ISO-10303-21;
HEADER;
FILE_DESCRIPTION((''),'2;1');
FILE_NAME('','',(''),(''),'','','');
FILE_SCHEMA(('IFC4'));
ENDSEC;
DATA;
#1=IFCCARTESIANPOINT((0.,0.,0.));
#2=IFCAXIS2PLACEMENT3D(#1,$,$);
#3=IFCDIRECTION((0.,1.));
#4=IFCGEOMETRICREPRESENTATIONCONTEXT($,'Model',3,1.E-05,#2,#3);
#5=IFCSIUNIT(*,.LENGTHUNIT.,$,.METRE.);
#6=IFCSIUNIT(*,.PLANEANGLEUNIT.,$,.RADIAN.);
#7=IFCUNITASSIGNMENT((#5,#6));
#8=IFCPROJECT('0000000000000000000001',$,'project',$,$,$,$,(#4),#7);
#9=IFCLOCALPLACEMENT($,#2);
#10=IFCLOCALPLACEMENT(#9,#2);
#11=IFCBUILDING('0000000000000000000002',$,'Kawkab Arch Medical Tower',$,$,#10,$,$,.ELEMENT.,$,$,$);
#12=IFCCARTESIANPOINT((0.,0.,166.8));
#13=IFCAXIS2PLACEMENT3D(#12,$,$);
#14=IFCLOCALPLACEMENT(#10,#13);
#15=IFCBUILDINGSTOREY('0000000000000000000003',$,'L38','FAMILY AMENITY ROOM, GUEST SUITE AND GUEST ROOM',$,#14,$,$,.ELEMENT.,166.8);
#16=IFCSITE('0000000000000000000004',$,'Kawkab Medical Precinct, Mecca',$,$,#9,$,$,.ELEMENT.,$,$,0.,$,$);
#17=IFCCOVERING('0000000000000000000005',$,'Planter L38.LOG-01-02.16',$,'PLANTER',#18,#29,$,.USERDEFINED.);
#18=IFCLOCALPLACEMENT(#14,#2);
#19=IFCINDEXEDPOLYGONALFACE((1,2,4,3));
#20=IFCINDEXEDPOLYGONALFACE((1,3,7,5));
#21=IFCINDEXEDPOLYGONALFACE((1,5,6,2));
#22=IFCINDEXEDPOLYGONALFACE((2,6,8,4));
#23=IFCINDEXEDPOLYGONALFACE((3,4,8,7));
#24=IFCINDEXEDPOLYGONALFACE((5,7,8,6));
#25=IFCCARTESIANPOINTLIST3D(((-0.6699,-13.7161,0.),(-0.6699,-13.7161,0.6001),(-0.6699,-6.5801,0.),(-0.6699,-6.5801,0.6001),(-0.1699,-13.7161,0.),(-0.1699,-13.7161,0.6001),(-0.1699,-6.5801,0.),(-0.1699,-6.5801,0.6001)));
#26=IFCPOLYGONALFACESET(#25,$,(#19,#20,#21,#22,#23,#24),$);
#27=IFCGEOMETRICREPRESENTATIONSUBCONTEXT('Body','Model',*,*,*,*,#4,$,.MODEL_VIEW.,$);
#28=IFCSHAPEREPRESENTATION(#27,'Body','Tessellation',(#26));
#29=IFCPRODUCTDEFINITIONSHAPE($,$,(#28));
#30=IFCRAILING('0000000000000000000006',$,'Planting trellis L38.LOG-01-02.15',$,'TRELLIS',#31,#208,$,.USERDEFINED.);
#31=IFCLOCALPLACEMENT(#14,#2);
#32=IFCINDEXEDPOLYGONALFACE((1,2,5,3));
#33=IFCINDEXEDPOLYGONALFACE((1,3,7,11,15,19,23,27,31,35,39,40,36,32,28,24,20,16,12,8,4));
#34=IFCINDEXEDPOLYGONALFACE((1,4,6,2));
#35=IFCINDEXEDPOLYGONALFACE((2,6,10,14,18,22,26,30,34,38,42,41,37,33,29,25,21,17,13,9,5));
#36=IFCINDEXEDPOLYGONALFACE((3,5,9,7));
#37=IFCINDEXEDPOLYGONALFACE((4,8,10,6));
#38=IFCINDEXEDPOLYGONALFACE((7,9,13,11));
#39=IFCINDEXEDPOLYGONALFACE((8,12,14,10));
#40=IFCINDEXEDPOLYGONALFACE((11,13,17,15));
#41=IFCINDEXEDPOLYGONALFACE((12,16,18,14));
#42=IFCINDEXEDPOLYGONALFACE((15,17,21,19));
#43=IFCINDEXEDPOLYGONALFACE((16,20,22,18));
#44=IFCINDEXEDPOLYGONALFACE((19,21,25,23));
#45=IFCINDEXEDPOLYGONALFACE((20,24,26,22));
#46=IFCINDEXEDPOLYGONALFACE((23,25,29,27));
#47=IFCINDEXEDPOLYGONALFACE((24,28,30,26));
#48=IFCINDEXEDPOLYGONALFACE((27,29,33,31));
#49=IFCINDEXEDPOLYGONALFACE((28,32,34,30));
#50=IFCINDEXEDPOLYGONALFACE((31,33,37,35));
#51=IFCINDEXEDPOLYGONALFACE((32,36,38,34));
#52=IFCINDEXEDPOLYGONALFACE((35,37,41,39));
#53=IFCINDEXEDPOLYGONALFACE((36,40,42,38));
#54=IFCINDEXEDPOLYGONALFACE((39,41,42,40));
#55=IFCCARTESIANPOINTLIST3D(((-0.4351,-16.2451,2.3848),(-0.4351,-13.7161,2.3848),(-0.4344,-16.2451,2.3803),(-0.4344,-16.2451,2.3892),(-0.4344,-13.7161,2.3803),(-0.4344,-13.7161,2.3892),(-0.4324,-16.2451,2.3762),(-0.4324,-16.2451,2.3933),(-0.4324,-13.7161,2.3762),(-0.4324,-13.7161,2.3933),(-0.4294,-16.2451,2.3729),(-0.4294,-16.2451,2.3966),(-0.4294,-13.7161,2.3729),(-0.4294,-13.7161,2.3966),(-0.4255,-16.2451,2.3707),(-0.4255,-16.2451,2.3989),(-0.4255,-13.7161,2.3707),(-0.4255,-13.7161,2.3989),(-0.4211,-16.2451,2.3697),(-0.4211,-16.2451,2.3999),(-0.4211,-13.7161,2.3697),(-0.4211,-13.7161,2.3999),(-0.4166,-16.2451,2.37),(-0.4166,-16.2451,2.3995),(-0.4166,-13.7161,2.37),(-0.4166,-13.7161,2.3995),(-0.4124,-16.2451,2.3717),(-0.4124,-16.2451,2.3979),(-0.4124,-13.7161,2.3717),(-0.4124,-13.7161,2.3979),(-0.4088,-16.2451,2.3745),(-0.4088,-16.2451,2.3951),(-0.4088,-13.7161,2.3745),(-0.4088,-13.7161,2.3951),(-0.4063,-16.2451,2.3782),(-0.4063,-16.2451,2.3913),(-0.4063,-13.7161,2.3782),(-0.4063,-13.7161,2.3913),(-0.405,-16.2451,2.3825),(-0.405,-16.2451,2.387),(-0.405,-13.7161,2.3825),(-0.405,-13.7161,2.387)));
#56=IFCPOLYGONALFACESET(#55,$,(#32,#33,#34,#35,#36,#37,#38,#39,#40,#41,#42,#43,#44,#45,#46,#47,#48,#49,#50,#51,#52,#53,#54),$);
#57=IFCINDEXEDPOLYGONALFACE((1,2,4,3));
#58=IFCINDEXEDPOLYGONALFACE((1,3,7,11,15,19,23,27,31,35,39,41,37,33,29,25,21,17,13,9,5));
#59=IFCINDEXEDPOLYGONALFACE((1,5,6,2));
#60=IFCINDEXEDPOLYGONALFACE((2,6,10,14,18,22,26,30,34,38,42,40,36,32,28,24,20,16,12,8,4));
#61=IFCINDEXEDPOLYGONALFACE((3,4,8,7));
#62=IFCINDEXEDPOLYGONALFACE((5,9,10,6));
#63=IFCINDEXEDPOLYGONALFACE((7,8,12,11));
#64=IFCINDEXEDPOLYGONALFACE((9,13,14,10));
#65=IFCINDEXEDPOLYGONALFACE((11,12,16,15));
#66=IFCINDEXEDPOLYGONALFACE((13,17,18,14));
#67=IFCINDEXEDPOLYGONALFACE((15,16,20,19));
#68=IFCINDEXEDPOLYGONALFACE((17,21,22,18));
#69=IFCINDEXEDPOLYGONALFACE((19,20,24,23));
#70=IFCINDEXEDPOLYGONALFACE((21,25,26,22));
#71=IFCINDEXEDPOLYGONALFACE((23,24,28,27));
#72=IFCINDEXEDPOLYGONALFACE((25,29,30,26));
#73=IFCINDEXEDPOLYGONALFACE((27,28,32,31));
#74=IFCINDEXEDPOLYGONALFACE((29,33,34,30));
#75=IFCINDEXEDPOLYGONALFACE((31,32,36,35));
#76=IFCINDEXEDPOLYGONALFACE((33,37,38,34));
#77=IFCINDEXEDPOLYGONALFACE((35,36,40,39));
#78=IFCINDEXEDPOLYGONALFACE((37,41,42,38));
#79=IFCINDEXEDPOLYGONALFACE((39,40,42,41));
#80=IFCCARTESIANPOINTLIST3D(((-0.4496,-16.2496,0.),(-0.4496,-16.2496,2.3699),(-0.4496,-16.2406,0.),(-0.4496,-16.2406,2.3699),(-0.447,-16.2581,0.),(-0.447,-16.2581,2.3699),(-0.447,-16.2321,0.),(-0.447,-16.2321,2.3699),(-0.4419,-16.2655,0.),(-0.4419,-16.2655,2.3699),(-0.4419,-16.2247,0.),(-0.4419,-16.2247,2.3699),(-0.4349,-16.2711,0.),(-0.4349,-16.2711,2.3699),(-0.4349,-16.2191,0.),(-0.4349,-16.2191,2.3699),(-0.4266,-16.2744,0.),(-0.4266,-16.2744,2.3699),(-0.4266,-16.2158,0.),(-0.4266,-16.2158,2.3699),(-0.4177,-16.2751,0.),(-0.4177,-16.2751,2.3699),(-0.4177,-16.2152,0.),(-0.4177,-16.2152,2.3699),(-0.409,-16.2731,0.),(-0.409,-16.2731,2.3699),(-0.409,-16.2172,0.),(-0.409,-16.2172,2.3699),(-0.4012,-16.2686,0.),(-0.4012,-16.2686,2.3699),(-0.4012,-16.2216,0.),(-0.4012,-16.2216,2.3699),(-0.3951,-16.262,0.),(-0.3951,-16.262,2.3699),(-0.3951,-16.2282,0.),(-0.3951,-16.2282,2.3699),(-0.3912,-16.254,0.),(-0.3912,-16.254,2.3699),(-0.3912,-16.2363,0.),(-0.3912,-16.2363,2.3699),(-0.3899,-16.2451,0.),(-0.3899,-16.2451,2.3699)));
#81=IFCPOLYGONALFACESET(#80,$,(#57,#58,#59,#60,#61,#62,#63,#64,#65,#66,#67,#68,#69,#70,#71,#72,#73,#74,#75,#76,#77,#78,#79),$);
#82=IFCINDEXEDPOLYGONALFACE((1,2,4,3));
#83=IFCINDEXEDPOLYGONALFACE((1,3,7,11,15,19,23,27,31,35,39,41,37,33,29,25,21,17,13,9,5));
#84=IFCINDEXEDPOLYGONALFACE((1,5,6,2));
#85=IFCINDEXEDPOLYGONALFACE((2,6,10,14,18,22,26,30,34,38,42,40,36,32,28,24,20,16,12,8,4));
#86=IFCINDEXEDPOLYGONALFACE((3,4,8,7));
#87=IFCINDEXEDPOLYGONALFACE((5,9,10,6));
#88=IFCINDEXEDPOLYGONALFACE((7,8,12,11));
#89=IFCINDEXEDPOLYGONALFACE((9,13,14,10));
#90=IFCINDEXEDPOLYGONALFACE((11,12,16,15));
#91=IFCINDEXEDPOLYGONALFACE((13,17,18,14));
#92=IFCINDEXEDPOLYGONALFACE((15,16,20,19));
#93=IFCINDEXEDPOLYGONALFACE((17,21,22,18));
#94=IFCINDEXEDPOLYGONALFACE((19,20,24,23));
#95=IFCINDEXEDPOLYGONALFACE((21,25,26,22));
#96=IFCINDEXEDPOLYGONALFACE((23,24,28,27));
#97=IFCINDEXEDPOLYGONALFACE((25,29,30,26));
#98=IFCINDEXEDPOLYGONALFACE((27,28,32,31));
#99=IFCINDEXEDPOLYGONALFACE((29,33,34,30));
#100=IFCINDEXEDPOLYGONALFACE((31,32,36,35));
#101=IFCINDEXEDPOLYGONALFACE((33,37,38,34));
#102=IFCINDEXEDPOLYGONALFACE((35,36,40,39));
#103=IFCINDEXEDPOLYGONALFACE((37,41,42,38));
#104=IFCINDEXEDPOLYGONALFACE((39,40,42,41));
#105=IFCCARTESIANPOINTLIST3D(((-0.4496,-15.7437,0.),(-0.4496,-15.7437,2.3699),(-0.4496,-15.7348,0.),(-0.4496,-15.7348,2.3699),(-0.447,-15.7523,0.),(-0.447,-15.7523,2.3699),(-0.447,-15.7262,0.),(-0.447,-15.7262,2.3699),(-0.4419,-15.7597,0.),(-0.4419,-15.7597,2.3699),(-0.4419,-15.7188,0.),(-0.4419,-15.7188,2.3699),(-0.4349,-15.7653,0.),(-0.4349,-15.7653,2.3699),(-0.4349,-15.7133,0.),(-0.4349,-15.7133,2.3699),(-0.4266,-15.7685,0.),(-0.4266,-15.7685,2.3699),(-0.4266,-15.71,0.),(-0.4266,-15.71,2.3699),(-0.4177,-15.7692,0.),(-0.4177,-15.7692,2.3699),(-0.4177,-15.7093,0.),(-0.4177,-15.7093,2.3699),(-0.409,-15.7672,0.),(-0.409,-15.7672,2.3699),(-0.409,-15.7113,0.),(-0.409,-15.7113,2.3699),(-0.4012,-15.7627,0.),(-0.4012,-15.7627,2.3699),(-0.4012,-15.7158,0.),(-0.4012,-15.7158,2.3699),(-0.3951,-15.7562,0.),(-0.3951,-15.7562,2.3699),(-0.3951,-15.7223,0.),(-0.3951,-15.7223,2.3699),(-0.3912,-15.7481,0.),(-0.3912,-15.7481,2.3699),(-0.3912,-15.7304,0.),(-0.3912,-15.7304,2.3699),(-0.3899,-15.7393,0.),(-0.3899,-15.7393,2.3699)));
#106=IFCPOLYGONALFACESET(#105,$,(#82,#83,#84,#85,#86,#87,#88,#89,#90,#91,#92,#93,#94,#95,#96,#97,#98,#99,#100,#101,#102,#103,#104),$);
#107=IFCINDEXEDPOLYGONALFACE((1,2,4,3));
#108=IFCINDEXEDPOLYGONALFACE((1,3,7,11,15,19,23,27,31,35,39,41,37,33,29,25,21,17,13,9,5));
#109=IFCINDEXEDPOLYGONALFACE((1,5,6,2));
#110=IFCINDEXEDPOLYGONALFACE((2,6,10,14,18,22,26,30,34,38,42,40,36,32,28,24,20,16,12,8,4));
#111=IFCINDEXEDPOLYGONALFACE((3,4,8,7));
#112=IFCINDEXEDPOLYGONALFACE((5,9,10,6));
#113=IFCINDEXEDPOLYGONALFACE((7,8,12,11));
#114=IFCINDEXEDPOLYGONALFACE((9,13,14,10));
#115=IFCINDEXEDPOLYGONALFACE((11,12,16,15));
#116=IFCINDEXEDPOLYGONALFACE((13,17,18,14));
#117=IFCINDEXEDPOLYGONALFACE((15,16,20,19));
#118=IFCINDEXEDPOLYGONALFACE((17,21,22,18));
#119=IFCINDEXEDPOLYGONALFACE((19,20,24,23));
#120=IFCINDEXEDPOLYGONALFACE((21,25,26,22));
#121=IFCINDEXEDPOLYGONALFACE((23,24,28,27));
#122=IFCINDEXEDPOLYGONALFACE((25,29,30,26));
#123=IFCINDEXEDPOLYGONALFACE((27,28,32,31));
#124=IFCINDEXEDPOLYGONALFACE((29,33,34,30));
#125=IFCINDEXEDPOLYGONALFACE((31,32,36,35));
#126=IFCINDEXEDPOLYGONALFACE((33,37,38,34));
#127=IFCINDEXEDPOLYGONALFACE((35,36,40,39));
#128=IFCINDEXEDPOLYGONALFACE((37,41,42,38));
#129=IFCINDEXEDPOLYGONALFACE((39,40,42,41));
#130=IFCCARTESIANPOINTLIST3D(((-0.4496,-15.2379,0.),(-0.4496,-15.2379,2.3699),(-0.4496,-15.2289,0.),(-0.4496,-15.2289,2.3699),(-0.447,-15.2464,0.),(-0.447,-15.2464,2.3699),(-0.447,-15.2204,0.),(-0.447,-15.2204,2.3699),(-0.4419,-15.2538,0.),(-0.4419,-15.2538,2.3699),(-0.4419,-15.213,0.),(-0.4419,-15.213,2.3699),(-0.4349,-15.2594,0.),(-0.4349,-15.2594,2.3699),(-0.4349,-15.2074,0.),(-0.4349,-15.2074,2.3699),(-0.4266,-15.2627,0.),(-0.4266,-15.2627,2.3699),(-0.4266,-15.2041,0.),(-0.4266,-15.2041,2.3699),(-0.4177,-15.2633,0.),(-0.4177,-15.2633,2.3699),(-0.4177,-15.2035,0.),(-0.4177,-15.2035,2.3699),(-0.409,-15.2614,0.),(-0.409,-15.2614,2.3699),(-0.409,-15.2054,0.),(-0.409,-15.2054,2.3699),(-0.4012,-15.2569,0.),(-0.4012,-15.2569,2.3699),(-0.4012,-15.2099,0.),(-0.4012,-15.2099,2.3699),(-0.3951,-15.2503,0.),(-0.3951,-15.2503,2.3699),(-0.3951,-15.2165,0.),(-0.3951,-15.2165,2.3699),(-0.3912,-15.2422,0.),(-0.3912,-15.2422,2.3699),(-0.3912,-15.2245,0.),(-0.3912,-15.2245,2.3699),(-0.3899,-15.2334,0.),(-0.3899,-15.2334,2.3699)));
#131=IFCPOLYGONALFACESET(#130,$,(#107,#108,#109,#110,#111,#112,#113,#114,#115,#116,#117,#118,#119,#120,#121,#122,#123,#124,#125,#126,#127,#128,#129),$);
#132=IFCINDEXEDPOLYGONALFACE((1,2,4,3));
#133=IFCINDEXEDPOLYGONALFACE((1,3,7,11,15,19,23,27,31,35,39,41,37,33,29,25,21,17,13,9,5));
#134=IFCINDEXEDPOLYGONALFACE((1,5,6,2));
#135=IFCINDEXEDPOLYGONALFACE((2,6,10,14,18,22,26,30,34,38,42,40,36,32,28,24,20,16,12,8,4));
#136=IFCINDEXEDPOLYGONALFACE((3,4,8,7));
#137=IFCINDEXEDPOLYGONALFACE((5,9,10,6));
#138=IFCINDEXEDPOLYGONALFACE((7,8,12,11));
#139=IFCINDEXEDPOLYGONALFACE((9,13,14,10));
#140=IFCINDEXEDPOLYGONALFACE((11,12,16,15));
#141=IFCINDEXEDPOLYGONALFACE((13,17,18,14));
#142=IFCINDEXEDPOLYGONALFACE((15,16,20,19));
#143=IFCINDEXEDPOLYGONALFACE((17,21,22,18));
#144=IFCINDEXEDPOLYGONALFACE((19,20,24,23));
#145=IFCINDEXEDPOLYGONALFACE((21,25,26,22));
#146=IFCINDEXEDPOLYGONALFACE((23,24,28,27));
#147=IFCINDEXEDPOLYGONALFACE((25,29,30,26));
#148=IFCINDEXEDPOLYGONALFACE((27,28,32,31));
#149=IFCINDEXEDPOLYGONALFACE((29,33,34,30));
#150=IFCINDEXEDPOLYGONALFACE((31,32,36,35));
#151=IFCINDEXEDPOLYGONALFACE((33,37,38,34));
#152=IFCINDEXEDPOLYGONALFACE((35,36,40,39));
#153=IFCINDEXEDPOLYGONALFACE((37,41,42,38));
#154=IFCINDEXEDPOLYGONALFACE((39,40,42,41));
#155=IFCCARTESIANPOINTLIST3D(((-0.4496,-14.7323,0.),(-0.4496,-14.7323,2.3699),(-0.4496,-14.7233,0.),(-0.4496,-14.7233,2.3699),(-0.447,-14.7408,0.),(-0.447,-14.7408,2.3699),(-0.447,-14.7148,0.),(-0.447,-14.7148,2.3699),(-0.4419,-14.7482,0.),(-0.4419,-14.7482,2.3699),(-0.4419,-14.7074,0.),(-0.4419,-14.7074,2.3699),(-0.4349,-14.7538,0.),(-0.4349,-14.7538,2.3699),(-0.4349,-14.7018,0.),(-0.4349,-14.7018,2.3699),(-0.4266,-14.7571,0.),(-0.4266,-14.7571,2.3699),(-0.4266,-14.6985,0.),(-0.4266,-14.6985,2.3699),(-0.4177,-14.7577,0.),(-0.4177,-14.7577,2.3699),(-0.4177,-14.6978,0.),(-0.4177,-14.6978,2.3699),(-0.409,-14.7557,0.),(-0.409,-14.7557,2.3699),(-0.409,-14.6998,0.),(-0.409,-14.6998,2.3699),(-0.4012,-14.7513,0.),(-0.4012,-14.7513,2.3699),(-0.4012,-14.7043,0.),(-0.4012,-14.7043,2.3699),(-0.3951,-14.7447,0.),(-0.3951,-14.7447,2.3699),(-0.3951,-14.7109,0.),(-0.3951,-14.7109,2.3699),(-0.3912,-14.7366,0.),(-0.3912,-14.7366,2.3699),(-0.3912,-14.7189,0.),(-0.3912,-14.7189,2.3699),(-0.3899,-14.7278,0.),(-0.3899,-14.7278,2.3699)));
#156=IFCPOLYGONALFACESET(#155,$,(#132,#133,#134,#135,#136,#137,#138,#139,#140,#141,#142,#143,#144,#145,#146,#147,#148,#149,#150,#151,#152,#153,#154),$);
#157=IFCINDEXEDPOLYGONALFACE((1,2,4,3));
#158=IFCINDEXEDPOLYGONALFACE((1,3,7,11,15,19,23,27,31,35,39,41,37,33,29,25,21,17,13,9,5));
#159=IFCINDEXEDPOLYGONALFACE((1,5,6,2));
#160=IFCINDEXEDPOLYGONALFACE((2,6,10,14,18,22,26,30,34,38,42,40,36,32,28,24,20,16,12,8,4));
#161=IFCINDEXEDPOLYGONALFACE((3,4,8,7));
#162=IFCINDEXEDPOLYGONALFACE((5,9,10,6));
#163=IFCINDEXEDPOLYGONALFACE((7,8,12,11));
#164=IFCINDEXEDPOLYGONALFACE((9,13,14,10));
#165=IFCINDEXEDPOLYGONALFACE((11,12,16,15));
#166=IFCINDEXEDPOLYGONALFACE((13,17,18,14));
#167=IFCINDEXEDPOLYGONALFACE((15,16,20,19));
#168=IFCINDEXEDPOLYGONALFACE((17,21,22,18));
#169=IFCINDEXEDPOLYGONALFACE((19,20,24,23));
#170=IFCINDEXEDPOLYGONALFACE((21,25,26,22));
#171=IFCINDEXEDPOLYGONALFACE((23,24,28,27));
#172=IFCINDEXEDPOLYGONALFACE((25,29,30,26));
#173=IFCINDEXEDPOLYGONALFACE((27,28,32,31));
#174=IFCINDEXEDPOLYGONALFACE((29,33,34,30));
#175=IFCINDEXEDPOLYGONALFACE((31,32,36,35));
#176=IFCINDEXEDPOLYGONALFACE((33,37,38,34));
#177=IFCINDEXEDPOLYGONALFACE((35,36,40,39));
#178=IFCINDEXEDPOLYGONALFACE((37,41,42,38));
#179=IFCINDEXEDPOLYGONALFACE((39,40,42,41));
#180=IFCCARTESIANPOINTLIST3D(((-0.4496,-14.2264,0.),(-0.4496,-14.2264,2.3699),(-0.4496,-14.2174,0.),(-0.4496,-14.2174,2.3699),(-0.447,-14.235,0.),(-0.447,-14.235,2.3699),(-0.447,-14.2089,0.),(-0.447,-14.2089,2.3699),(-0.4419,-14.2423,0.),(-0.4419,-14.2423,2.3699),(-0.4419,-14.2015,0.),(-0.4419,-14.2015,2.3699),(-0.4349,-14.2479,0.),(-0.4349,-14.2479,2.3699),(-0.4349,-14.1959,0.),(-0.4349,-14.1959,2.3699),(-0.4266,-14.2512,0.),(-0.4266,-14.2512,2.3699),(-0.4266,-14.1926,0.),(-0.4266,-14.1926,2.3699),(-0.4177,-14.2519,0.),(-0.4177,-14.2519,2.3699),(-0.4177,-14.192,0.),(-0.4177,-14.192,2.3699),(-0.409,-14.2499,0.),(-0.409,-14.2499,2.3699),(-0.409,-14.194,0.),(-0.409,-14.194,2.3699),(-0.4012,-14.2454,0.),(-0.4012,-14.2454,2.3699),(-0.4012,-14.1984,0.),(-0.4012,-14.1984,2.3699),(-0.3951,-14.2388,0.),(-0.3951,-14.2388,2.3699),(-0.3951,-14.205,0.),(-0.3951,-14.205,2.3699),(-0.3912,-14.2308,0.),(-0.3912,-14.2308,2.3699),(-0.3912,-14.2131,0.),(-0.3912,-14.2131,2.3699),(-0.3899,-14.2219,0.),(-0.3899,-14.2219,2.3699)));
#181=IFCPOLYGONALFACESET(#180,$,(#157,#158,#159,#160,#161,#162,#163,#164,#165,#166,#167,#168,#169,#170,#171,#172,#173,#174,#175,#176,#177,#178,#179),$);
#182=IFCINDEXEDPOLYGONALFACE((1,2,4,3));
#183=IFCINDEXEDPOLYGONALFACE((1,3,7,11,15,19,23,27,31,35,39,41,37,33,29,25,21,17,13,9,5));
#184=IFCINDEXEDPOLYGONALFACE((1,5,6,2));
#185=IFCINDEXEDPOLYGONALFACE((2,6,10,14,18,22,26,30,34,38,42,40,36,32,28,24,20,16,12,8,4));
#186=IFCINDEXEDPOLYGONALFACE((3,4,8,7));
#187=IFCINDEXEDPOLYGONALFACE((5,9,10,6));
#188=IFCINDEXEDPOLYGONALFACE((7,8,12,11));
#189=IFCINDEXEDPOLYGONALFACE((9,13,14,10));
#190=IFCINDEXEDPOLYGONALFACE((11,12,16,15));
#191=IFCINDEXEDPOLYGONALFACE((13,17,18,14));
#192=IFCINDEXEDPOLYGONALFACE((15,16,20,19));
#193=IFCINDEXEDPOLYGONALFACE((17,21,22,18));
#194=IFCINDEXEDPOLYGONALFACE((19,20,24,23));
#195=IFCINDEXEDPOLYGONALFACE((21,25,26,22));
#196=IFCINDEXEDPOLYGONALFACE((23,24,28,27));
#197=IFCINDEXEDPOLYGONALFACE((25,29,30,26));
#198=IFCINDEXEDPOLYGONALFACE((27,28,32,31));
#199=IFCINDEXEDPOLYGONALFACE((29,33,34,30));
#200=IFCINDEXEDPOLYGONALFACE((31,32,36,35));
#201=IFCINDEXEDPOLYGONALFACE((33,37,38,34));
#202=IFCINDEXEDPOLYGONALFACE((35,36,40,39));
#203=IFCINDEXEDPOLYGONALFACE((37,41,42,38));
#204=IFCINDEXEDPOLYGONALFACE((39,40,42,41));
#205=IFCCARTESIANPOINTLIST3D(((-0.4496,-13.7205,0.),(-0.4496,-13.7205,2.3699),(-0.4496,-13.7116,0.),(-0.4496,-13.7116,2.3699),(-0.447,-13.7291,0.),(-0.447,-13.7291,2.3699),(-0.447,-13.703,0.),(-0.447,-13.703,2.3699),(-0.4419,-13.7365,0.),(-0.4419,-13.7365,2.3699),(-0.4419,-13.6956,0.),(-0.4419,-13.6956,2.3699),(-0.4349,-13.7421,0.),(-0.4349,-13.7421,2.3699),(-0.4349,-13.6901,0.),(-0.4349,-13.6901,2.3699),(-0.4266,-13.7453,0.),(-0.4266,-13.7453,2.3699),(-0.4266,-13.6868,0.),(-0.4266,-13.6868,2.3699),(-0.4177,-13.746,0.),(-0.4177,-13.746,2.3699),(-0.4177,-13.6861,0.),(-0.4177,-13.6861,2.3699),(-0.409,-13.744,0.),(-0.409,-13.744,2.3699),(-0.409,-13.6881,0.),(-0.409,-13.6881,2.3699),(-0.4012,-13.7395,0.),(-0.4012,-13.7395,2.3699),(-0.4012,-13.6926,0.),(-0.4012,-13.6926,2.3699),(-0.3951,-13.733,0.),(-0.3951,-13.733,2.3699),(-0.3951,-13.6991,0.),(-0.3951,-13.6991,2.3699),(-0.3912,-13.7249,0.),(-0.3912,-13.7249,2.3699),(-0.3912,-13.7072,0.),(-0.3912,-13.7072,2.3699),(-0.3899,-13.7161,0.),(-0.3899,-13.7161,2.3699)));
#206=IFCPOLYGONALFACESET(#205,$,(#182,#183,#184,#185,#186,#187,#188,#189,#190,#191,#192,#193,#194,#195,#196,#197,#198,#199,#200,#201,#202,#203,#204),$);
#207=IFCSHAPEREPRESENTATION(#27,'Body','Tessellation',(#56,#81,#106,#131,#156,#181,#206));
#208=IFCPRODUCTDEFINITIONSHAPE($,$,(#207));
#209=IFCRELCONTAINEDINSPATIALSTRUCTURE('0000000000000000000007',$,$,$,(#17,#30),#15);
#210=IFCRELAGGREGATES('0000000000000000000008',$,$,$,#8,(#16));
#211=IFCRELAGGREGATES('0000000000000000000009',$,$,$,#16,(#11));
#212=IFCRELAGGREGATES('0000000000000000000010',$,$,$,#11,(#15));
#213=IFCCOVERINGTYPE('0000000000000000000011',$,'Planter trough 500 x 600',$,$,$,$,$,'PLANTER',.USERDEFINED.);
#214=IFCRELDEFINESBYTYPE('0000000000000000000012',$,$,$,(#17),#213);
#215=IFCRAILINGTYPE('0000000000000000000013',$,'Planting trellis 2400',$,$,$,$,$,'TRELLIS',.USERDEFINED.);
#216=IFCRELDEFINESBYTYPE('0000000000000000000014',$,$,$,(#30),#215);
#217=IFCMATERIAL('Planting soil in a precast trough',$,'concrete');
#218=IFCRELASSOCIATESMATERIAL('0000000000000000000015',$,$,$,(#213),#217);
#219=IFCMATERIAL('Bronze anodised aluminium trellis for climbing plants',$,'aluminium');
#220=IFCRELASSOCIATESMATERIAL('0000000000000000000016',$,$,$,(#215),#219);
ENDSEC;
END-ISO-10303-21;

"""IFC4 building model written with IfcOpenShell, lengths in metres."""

from ifc_helpers import new_model, si_unit, direction, frame, origin, origin_2d, place, context, subcontext, project, spatial, rectangle, circle, extrude, material, material_profile, profile_set, type_object, element, save


model = new_model("IFC4")

# Units and contexts
model_context = context("Model", 3, precision=1e-05, world=origin(), true_north=direction((0.0, 1.0)))
body_context = subcontext(model_context, "Body", "Model", "MODEL_VIEW")
ifc_project = project(units=[si_unit("LENGTHUNIT", "METRE"), si_unit("PLANEANGLEUNIT", "RADIAN")], contexts=[model_context])

# Site, building, storey
site_placement = place(None, origin())
site = spatial("IfcSite", under=ifc_project, at=site_placement, Name="Kawkab Medical Precinct, Mecca", CompositionType="ELEMENT", RefElevation=0.0)
building_placement = place(site_placement, origin())
building = spatial("IfcBuilding", under=site, at=building_placement, Name="Kawkab Arch Medical Tower", CompositionType="ELEMENT")
storey_placement = place(building_placement, frame((0.0, 0.0, 166.8)))
storey = spatial("IfcBuildingStorey", under=building, at=storey_placement, Name="L38", Description="FAMILY AMENITY ROOM, GUEST SUITE AND GUEST ROOM", CompositionType="ELEMENT", Elevation=166.8)

# Covering
ifc_material_1 = material(Name="Planting soil in a precast trough", Category="concrete")
ifc_material_profile_1 = material_profile(ifc_material_1, rectangle(XDim=0.5, YDim=0.6001, at=origin_2d()), Name="Trough 500x600")
ifc_profile_set_1 = profile_set([ifc_material_profile_1], Name="Planting soil in a precast trough")
covering_type_1 = type_object("IfcCoveringType", Name="Planter trough 500 x 600", ElementType="PLANTER", PredefinedType="USERDEFINED", material=ifc_profile_set_1)
covering_1_placement = place(storey_placement, frame((-0.4199, -13.7161, 0.3), z_axis=(0.0, 1.0, 0.0), x_axis=(-1.0, 0.0, 0.0)))
element("IfcCovering", 1, at=covering_1_placement, inside=storey, type_object=covering_type_1, Name="Planter L38.LOG-01-02.16", ObjectType="PLANTER", PredefinedType="USERDEFINED", context=body_context, shape_type="SweptSolid", body=[
    extrude(rectangle(XDim=0.5, YDim=0.6001, at=origin_2d()), origin(), (0.0, 0.0, 1.0), 7.136),
])

# Railing
ifc_material_2 = material(Name="Bronze anodised aluminium trellis for climbing plants", Category="aluminium")
railing_type_1 = type_object("IfcRailingType", Name="Planting trellis 2400", ElementType="TRELLIS", PredefinedType="USERDEFINED", material=ifc_material_2)
railing_1_placement = place(storey_placement, frame((-0.4199, -16.2451, 0.0)))
element("IfcRailing", 2, at=railing_1_placement, inside=storey, type_object=railing_type_1, Name="Planting trellis L38.LOG-01-02.15", ObjectType="TRELLIS", PredefinedType="USERDEFINED", context=body_context, shape_type="SweptSolid", body=[
    extrude(circle(Radius=0.0151, at=origin_2d()), frame((0.0, 0.0, 2.3848), z_axis=(0.0, 1.0, 0.0), x_axis=(-1.0, 0.0, 0.0)), (0.0, 0.0, 1.0), 2.5291),
    extrude(circle(Radius=0.03, at=origin_2d()), origin(), (0.0, 0.0, 1.0), 2.3699),
    extrude(circle(Radius=0.03, at=origin_2d()), frame((0.0, 0.5059, 0.0)), (0.0, 0.0, 1.0), 2.3699),
    extrude(circle(Radius=0.03, at=origin_2d()), frame((0.0, 1.0117, 0.0)), (0.0, 0.0, 1.0), 2.3699),
    extrude(circle(Radius=0.03, at=origin_2d()), frame((0.0, 1.5173, 0.0)), (0.0, 0.0, 1.0), 2.3699),
    extrude(circle(Radius=0.03, at=origin_2d()), frame((0.0, 2.0232, 0.0)), (0.0, 0.0, 1.0), 2.3699),
    extrude(circle(Radius=0.03, at=origin_2d()), frame((0.0, 2.5291, 0.0)), (0.0, 0.0, 1.0), 2.3699),
])

save(model, "model.ifc")
